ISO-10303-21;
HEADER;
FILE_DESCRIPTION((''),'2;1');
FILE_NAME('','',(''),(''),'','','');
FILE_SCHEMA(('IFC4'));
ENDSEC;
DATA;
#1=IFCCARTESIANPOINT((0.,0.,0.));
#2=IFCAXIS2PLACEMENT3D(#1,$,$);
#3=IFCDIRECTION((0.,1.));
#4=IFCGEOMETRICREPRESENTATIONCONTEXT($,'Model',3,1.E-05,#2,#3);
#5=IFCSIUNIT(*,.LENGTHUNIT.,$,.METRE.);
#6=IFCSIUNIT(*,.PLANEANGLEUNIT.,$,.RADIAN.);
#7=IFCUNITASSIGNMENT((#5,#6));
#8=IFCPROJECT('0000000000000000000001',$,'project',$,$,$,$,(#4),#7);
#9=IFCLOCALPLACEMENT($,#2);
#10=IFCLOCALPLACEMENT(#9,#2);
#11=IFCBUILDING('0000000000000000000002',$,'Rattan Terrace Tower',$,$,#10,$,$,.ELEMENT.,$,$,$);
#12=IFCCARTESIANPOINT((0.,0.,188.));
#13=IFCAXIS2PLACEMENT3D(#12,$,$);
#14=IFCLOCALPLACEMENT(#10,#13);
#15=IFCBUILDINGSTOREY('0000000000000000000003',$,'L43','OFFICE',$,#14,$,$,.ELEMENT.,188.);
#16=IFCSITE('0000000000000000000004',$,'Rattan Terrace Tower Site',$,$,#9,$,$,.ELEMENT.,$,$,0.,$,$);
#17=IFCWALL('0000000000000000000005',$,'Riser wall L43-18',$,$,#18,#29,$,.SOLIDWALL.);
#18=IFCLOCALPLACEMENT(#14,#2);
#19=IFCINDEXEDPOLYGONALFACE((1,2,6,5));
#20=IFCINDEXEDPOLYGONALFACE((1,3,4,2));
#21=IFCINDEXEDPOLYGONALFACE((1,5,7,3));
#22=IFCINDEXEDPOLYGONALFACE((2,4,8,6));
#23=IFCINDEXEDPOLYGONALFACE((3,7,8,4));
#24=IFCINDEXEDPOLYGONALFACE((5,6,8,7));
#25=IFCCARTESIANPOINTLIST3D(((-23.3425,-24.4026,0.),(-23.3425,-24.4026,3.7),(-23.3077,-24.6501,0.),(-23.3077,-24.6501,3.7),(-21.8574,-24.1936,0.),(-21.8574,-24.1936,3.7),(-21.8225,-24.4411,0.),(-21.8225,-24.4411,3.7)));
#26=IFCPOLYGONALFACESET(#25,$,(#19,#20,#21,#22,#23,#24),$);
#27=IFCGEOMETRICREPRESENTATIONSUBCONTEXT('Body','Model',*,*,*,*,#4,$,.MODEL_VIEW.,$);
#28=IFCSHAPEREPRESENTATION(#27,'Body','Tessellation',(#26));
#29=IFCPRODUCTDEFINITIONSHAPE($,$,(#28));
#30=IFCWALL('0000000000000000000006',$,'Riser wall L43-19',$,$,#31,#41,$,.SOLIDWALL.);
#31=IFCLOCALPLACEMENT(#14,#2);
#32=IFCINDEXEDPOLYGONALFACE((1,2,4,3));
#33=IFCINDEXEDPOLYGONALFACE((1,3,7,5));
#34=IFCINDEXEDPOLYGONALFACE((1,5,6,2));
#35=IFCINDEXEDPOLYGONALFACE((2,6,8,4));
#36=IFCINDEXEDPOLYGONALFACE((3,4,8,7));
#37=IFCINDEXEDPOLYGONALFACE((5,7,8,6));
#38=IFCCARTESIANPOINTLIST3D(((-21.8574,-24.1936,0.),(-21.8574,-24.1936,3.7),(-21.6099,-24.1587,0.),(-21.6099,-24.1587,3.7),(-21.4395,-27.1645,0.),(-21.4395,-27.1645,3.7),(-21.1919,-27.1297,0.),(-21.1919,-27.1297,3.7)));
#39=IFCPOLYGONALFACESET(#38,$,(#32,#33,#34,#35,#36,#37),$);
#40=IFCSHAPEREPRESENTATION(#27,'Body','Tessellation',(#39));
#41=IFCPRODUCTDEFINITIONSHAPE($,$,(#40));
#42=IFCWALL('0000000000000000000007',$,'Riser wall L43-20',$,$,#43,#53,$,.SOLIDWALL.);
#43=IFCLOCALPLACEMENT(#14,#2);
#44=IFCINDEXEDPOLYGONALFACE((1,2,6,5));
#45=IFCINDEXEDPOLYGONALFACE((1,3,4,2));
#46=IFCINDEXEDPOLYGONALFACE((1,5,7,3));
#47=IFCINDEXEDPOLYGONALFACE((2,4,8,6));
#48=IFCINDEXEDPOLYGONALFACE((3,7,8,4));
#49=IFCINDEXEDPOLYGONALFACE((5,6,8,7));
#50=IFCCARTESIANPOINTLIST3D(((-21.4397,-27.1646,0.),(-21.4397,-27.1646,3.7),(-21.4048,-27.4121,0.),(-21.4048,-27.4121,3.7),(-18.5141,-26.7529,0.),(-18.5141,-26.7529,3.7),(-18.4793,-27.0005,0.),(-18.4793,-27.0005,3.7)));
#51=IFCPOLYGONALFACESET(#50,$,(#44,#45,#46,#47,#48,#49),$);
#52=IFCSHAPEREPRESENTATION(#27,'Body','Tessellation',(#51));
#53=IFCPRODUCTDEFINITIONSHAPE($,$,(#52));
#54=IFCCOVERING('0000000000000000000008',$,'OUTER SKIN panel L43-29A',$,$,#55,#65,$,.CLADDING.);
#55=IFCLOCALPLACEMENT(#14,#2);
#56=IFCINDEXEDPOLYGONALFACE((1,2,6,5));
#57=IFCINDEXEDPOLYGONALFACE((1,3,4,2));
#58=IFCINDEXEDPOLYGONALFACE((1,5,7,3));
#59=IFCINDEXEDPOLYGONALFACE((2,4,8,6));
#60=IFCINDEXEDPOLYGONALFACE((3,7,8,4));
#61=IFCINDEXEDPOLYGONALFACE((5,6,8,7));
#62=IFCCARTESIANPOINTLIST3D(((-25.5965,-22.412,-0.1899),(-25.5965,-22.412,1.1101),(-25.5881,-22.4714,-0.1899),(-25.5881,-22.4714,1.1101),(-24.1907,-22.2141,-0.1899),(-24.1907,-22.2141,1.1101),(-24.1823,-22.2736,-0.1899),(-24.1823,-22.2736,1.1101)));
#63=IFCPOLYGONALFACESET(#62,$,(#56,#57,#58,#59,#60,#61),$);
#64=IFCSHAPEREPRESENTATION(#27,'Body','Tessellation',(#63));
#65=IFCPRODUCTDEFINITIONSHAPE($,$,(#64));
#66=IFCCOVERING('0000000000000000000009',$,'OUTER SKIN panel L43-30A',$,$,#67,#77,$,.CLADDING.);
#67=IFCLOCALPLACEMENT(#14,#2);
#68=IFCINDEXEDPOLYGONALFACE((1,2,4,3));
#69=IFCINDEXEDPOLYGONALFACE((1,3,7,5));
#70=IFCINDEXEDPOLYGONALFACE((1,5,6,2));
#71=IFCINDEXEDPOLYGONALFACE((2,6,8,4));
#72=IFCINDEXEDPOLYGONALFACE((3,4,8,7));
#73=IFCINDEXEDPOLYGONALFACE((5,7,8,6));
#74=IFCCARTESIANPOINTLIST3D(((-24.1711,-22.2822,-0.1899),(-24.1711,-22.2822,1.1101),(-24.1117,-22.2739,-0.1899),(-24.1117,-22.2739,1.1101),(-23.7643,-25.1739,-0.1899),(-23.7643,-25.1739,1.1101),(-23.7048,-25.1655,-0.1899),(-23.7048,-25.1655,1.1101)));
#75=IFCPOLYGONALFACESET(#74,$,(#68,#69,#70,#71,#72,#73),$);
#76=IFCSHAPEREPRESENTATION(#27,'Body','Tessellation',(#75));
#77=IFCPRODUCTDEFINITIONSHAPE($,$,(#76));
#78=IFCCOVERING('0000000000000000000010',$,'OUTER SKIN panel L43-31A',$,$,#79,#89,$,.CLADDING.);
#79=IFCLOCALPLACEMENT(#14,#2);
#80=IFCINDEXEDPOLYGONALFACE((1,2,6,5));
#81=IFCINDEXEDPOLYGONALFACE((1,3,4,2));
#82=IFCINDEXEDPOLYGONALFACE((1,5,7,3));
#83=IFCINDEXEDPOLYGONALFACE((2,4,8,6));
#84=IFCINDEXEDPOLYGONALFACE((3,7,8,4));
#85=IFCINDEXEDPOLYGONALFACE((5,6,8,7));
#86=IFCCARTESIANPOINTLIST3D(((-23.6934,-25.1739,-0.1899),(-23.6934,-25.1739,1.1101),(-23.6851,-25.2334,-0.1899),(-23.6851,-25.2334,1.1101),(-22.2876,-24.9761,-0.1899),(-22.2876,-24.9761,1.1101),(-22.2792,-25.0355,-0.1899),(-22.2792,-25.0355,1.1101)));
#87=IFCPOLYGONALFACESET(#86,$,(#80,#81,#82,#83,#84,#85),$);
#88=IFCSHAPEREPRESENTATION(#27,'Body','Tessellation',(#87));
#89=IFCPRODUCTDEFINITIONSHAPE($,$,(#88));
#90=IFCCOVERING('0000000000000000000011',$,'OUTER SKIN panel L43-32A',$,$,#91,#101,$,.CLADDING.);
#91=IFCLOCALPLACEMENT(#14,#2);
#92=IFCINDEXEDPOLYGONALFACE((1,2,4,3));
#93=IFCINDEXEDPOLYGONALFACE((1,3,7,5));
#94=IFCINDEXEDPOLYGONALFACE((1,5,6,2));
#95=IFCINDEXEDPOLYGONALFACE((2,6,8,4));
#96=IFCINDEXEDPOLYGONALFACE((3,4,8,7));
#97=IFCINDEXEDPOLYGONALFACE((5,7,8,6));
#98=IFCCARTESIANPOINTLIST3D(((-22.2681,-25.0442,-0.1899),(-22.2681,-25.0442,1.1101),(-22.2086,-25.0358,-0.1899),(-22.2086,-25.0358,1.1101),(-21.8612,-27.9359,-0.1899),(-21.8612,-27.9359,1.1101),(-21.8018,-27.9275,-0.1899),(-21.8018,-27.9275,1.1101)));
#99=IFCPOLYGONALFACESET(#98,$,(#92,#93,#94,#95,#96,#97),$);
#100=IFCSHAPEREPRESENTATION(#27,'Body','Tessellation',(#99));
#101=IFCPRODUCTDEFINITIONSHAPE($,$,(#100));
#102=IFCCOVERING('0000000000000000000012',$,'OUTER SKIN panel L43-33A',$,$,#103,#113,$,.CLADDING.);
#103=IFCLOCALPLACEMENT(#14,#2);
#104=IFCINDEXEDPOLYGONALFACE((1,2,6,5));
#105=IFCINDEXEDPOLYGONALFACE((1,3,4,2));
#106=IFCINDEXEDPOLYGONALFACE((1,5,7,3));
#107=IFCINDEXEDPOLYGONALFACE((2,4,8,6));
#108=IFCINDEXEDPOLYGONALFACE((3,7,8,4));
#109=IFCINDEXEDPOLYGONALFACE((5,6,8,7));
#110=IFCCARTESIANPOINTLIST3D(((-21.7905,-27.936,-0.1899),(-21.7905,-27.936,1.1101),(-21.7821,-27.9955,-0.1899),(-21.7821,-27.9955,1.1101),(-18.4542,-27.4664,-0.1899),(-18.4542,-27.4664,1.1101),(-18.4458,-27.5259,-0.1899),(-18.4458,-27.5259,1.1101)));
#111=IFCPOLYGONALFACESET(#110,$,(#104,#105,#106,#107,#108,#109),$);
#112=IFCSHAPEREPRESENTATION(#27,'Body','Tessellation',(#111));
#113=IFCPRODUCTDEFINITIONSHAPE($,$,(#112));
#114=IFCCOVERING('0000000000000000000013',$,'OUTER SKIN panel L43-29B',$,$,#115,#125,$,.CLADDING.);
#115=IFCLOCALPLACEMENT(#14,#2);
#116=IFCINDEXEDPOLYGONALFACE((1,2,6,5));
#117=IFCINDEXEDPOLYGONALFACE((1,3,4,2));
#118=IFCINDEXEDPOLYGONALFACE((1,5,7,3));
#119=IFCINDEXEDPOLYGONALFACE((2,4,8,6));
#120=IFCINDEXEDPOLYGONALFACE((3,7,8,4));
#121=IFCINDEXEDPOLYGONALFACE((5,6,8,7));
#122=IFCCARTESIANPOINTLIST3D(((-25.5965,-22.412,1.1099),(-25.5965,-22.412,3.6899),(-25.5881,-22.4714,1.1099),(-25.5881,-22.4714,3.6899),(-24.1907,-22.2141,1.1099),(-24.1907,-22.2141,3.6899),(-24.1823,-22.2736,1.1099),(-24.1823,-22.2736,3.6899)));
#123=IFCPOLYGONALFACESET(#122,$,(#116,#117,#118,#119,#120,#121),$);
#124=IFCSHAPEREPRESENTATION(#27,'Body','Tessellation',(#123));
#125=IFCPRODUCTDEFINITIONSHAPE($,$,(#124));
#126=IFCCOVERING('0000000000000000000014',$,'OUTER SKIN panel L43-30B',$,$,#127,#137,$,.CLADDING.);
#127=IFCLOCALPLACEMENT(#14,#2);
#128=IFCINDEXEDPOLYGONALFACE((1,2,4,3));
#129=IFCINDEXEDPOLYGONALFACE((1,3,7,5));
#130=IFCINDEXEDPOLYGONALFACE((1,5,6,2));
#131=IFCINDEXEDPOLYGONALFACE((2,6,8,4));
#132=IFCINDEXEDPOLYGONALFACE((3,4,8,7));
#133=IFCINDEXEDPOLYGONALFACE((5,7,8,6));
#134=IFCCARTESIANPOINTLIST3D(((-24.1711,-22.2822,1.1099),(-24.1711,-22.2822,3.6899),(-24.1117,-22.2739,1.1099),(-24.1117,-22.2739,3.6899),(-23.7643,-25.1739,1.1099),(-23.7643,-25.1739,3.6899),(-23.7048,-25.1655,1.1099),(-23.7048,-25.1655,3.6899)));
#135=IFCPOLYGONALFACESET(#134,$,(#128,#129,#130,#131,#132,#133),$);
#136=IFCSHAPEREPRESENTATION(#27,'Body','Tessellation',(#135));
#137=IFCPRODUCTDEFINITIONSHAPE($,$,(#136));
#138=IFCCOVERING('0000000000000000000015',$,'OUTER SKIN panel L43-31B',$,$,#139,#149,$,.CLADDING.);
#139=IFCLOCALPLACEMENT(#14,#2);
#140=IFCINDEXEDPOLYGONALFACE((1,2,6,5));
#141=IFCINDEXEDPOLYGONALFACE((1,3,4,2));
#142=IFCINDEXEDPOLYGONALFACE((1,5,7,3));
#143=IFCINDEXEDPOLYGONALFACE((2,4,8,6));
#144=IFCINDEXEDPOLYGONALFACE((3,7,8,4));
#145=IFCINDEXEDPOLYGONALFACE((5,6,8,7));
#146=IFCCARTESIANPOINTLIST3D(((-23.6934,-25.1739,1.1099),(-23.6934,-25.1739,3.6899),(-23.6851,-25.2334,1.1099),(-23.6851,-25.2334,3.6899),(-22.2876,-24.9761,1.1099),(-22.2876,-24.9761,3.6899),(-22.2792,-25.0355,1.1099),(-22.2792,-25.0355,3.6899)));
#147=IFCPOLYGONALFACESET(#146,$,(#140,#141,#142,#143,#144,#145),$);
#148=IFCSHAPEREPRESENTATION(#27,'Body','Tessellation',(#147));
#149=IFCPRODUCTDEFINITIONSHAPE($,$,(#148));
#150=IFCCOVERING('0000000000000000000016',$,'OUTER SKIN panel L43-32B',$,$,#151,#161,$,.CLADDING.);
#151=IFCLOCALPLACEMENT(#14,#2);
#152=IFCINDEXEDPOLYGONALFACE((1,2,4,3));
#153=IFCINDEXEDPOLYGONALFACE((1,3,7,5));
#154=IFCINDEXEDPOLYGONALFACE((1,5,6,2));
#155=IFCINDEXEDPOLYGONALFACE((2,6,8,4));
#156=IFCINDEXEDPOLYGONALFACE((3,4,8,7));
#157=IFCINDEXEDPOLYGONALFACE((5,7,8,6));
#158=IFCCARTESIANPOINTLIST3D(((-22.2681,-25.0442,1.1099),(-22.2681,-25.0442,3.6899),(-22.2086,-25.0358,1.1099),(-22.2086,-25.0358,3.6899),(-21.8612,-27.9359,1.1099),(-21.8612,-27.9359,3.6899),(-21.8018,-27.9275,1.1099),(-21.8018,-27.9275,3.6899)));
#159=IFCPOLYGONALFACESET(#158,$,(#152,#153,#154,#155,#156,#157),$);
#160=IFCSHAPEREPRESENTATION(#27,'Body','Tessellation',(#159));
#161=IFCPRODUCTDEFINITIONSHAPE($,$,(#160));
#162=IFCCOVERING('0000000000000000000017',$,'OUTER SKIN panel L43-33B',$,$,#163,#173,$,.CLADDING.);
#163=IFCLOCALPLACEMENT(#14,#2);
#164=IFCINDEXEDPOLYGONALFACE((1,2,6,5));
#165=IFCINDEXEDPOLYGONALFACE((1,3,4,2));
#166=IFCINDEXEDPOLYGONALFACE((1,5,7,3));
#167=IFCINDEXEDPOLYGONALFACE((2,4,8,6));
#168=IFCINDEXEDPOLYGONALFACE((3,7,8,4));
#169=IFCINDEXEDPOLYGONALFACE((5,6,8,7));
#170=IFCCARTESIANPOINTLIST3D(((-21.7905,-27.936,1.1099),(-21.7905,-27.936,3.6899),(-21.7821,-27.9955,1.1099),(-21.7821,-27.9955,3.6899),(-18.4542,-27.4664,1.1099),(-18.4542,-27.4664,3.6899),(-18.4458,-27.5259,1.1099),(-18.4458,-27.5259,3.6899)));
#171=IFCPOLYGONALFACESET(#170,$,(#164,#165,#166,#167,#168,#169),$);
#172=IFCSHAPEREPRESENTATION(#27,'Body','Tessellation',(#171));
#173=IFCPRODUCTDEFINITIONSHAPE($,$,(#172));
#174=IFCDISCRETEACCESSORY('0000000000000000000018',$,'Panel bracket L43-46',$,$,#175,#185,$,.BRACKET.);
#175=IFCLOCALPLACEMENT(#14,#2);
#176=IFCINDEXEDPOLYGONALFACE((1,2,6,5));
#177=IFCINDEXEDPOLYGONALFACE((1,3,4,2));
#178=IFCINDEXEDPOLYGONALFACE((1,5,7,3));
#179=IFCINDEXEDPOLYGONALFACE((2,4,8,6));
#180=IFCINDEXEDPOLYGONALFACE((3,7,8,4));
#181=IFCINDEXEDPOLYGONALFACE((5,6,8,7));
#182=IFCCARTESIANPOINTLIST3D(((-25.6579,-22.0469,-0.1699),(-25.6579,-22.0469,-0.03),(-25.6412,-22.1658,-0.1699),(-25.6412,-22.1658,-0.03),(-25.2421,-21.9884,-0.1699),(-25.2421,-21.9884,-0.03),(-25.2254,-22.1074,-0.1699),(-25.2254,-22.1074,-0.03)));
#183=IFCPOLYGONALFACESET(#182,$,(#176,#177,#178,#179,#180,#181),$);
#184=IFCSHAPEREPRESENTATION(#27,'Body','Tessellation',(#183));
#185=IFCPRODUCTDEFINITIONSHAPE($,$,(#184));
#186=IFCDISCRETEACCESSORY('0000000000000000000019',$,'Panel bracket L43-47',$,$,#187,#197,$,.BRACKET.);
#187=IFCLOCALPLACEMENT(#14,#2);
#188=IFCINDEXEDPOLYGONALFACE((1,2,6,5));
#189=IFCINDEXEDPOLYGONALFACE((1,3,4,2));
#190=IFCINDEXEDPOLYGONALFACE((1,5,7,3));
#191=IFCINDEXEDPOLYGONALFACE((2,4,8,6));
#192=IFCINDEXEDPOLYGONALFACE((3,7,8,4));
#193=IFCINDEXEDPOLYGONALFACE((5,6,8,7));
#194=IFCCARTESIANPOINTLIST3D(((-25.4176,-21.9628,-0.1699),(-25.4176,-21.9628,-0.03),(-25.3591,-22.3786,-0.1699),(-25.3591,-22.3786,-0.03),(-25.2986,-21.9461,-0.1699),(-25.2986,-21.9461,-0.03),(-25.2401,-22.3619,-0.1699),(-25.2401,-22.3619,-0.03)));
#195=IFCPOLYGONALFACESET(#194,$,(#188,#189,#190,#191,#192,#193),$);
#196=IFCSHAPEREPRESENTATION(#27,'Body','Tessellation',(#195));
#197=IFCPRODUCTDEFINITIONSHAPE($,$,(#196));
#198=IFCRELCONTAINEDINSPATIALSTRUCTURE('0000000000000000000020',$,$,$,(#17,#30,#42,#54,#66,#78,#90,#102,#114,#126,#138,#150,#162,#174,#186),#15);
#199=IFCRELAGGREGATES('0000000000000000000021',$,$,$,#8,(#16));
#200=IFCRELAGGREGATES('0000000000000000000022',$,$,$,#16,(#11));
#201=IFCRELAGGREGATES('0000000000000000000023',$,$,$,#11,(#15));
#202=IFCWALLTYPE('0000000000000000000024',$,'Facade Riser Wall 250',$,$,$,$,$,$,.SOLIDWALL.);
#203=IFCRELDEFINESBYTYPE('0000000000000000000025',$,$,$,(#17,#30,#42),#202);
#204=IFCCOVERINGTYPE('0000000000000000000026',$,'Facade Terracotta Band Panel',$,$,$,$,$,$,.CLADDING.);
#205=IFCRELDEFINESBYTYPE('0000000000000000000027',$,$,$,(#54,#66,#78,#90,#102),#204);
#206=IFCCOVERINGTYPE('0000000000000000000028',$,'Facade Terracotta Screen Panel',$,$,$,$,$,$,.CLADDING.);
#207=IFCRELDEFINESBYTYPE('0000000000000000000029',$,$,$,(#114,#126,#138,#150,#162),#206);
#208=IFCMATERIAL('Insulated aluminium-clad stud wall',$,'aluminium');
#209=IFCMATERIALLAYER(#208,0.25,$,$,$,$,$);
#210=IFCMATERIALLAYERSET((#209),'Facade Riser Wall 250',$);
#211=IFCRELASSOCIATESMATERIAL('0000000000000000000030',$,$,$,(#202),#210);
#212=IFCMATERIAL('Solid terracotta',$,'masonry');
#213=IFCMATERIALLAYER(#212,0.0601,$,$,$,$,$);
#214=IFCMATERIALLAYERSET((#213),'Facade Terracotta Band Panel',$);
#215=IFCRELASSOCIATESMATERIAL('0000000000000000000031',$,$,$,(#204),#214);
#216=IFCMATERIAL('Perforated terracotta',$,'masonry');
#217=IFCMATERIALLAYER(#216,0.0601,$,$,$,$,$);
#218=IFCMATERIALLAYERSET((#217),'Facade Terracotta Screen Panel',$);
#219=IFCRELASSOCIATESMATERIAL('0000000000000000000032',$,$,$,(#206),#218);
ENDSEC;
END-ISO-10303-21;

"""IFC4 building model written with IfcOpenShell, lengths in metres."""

from ifc_helpers import new_model, si_unit, direction, frame, frame_2d, origin, origin_2d, place, context, subcontext, project, spatial, rectangle, extrude, material, layer, layer_set, type_object, element, save


model = new_model("IFC4")

# Units and contexts
model_context = context("Model", 3, precision=1e-05, world=origin(), true_north=direction((0.0, 1.0)))
body_context = subcontext(model_context, "Body", "Model", "MODEL_VIEW")
ifc_project = project(units=[si_unit("LENGTHUNIT", "METRE"), si_unit("PLANEANGLEUNIT", "RADIAN")], contexts=[model_context])

# Site, building, storey
site_placement = place(None, origin())
site = spatial("IfcSite", under=ifc_project, at=site_placement, Name="Rattan Terrace Tower Site", CompositionType="ELEMENT", RefElevation=0.0)
building_placement = place(site_placement, origin())
building = spatial("IfcBuilding", under=site, at=building_placement, Name="Rattan Terrace Tower", CompositionType="ELEMENT")
storey_placement = place(building_placement, frame((0.0, 0.0, 188.0)))
storey = spatial("IfcBuildingStorey", under=building, at=storey_placement, Name="L43", Description="OFFICE", CompositionType="ELEMENT", Elevation=188.0)

# Walls
ifc_material_1 = material(Name="Insulated aluminium-clad stud wall", Category="aluminium")
ifc_layer_1 = layer(ifc_material_1, 0.25)
ifc_layer_set_1 = layer_set([ifc_layer_1], Name="Facade Riser Wall 250")
wall_type = type_object("IfcWallType", Name="Facade Riser Wall 250", PredefinedType="SOLIDWALL", material=ifc_layer_set_1)
wall_1_placement = place(storey_placement, frame((-23.3252, -24.5264, 0.0), z_axis=(0.0, 0.0, 1.0), x_axis=(0.990244, 0.139347, 0.0)))
element("IfcWall", 1, at=wall_1_placement, inside=storey, type_object=wall_type, Name="Riser wall L43-18", PredefinedType="SOLIDWALL", context=body_context, shape_type="SweptSolid", body=[
    extrude(rectangle(XDim=1.4998, YDim=0.25, at=frame_2d((0.75, 0.0))), origin(), (0.0, 0.0, 1.0), 3.7),
])
wall_2_placement = place(storey_placement, frame((-21.7336, -24.1763, 0.0), z_axis=(0.0, 0.0, 1.0), x_axis=(0.139313, -0.990248, 0.0)))
element("IfcWall", 2, at=wall_2_placement, inside=storey, type_object=wall_type, Name="Riser wall L43-19", PredefinedType="SOLIDWALL", context=body_context, shape_type="SweptSolid", body=[
    extrude(rectangle(XDim=3.0002, YDim=0.25, at=frame_2d((1.5, 0.0))), origin(), (0.0, 0.0, 1.0), 3.7),
])
wall_3_placement = place(storey_placement, frame((-21.4221, -27.2883, 0.0), z_axis=(0.0, 0.0, 1.0), x_axis=(0.990246, 0.139327, 0.0)))
element("IfcWall", 3, at=wall_3_placement, inside=storey, type_object=wall_type, Name="Riser wall L43-20", PredefinedType="SOLIDWALL", context=body_context, shape_type="SweptSolid", body=[
    extrude(rectangle(XDim=2.9543, YDim=0.25, at=frame_2d((1.4771, 0.0))), origin(), (0.0, 0.0, 1.0), 3.7),
])

# Coverings
ifc_material_2 = material(Name="Solid terracotta", Category="masonry")
ifc_layer_2 = layer(ifc_material_2, 0.0601)
ifc_layer_set_2 = layer_set([ifc_layer_2], Name="Facade Terracotta Band Panel")
covering_type_1 = type_object("IfcCoveringType", Name="Facade Terracotta Band Panel", PredefinedType="CLADDING", material=ifc_layer_set_2)
covering_1_placement = place(storey_placement, frame((-24.8894, -22.3428, -0.1899), z_axis=(0.0, 0.0, 1.0), x_axis=(0.990241, 0.139367, 0.0)))
element("IfcCovering", 4, at=covering_1_placement, inside=storey, type_object=covering_type_1, Name="OUTER SKIN panel L43-29A", PredefinedType="CLADDING", context=body_context, shape_type="SweptSolid", body=[
    extrude(rectangle(XDim=1.4197, YDim=0.0601, at=origin_2d()), origin(), (0.0, 0.0, 1.0), 1.3),
])
covering_2_placement = place(storey_placement, frame((-23.938, -23.7239, -0.1899), z_axis=(0.0, 0.0, 1.0), x_axis=(0.139321, -0.990247, 0.0)))
element("IfcCovering", 5, at=covering_2_placement, inside=storey, type_object=covering_type_1, Name="OUTER SKIN panel L43-30A", PredefinedType="CLADDING", context=body_context, shape_type="SweptSolid", body=[
    extrude(rectangle(XDim=2.9202, YDim=0.0601, at=origin_2d()), origin(), (0.0, 0.0, 1.0), 1.3),
])
covering_3_placement = place(storey_placement, frame((-22.9863, -25.1047, -0.1899), z_axis=(0.0, 0.0, 1.0), x_axis=(0.990241, 0.139367, 0.0)))
element("IfcCovering", 6, at=covering_3_placement, inside=storey, type_object=covering_type_1, Name="OUTER SKIN panel L43-31A", PredefinedType="CLADDING", context=body_context, shape_type="SweptSolid", body=[
    extrude(rectangle(XDim=1.4197, YDim=0.0601, at=origin_2d()), origin(), (0.0, 0.0, 1.0), 1.3),
])
covering_4_placement = place(storey_placement, frame((-22.0349, -26.4858, -0.1899), z_axis=(0.0, 0.0, 1.0), x_axis=(0.139321, -0.990247, 0.0)))
element("IfcCovering", 7, at=covering_4_placement, inside=storey, type_object=covering_type_1, Name="OUTER SKIN panel L43-32A", PredefinedType="CLADDING", context=body_context, shape_type="SweptSolid", body=[
    extrude(rectangle(XDim=2.9202, YDim=0.0601, at=origin_2d()), origin(), (0.0, 0.0, 1.0), 1.3),
])
covering_5_placement = place(storey_placement, frame((-20.1182, -27.731, -0.1899), z_axis=(0.0, 0.0, 1.0), x_axis=(0.990241, 0.139367, 0.0)))
element("IfcCovering", 8, at=covering_5_placement, inside=storey, type_object=covering_type_1, Name="OUTER SKIN panel L43-33A", PredefinedType="CLADDING", context=body_context, shape_type="SweptSolid", body=[
    extrude(rectangle(XDim=3.3691, YDim=0.0601, at=origin_2d()), origin(), (0.0, 0.0, 1.0), 1.3),
])
ifc_material_3 = material(Name="Perforated terracotta", Category="masonry")
ifc_layer_3 = layer(ifc_material_3, 0.0601)
ifc_layer_set_3 = layer_set([ifc_layer_3], Name="Facade Terracotta Screen Panel")
covering_type_2 = type_object("IfcCoveringType", Name="Facade Terracotta Screen Panel", PredefinedType="CLADDING", material=ifc_layer_set_3)
covering_6_placement = place(storey_placement, frame((-24.8894, -22.3428, 1.1099), z_axis=(0.0, 0.0, 1.0), x_axis=(0.990241, 0.139367, 0.0)))
element("IfcCovering", 9, at=covering_6_placement, inside=storey, type_object=covering_type_2, Name="OUTER SKIN panel L43-29B", PredefinedType="CLADDING", context=body_context, shape_type="SweptSolid", body=[
    extrude(rectangle(XDim=1.4197, YDim=0.0601, at=origin_2d()), origin(), (0.0, 0.0, 1.0), 2.5801),
])
covering_7_placement = place(storey_placement, frame((-23.938, -23.7239, 1.1099), z_axis=(0.0, 0.0, 1.0), x_axis=(0.139321, -0.990247, 0.0)))
element("IfcCovering", 10, at=covering_7_placement, inside=storey, type_object=covering_type_2, Name="OUTER SKIN panel L43-30B", PredefinedType="CLADDING", context=body_context, shape_type="SweptSolid", body=[
    extrude(rectangle(XDim=2.9202, YDim=0.0601, at=origin_2d()), origin(), (0.0, 0.0, 1.0), 2.5801),
])
covering_8_placement = place(storey_placement, frame((-22.9863, -25.1047, 1.1099), z_axis=(0.0, 0.0, 1.0), x_axis=(0.990241, 0.139367, 0.0)))
element("IfcCovering", 11, at=covering_8_placement, inside=storey, type_object=covering_type_2, Name="OUTER SKIN panel L43-31B", PredefinedType="CLADDING", context=body_context, shape_type="SweptSolid", body=[
    extrude(rectangle(XDim=1.4197, YDim=0.0601, at=origin_2d()), origin(), (0.0, 0.0, 1.0), 2.5801),
])
covering_9_placement = place(storey_placement, frame((-22.0349, -26.4858, 1.1099), z_axis=(0.0, 0.0, 1.0), x_axis=(0.139321, -0.990247, 0.0)))
element("IfcCovering", 12, at=covering_9_placement, inside=storey, type_object=covering_type_2, Name="OUTER SKIN panel L43-32B", PredefinedType="CLADDING", context=body_context, shape_type="SweptSolid", body=[
    extrude(rectangle(XDim=2.9202, YDim=0.0601, at=origin_2d()), origin(), (0.0, 0.0, 1.0), 2.5801),
])
covering_10_placement = place(storey_placement, frame((-20.1182, -27.731, 1.1099), z_axis=(0.0, 0.0, 1.0), x_axis=(0.990241, 0.139367, 0.0)))
element("IfcCovering", 13, at=covering_10_placement, inside=storey, type_object=covering_type_2, Name="OUTER SKIN panel L43-33B", PredefinedType="CLADDING", context=body_context, shape_type="SweptSolid", body=[
    extrude(rectangle(XDim=3.3691, YDim=0.0601, at=origin_2d()), origin(), (0.0, 0.0, 1.0), 2.5801),
])

# Discrete accessories
for number, where, z_axis, x_axis, name in (
    (14, (-25.4417, -22.0771, -0.1699), (0.0, 0.0, 1.0), (0.139191, -0.990266, 0.0), "Panel bracket L43-46"),
    (15, (-25.3289, -22.1624, -0.1699), (0.0, 0.0, 1.0), (0.990241, 0.139367, 0.0), "Panel bracket L43-47"),
):
    element("IfcDiscreteAccessory", number, at=place(storey_placement, frame(where, z_axis=z_axis, x_axis=x_axis)), inside=storey, Name=name, PredefinedType="BRACKET", context=body_context, shape_type="SweptSolid", body=[
        extrude(rectangle(XDim=0.1201, YDim=0.4199, at=origin_2d()), origin(), (0.0, 0.0, 1.0), 0.1399),
    ])

save(model, "model.ifc")
